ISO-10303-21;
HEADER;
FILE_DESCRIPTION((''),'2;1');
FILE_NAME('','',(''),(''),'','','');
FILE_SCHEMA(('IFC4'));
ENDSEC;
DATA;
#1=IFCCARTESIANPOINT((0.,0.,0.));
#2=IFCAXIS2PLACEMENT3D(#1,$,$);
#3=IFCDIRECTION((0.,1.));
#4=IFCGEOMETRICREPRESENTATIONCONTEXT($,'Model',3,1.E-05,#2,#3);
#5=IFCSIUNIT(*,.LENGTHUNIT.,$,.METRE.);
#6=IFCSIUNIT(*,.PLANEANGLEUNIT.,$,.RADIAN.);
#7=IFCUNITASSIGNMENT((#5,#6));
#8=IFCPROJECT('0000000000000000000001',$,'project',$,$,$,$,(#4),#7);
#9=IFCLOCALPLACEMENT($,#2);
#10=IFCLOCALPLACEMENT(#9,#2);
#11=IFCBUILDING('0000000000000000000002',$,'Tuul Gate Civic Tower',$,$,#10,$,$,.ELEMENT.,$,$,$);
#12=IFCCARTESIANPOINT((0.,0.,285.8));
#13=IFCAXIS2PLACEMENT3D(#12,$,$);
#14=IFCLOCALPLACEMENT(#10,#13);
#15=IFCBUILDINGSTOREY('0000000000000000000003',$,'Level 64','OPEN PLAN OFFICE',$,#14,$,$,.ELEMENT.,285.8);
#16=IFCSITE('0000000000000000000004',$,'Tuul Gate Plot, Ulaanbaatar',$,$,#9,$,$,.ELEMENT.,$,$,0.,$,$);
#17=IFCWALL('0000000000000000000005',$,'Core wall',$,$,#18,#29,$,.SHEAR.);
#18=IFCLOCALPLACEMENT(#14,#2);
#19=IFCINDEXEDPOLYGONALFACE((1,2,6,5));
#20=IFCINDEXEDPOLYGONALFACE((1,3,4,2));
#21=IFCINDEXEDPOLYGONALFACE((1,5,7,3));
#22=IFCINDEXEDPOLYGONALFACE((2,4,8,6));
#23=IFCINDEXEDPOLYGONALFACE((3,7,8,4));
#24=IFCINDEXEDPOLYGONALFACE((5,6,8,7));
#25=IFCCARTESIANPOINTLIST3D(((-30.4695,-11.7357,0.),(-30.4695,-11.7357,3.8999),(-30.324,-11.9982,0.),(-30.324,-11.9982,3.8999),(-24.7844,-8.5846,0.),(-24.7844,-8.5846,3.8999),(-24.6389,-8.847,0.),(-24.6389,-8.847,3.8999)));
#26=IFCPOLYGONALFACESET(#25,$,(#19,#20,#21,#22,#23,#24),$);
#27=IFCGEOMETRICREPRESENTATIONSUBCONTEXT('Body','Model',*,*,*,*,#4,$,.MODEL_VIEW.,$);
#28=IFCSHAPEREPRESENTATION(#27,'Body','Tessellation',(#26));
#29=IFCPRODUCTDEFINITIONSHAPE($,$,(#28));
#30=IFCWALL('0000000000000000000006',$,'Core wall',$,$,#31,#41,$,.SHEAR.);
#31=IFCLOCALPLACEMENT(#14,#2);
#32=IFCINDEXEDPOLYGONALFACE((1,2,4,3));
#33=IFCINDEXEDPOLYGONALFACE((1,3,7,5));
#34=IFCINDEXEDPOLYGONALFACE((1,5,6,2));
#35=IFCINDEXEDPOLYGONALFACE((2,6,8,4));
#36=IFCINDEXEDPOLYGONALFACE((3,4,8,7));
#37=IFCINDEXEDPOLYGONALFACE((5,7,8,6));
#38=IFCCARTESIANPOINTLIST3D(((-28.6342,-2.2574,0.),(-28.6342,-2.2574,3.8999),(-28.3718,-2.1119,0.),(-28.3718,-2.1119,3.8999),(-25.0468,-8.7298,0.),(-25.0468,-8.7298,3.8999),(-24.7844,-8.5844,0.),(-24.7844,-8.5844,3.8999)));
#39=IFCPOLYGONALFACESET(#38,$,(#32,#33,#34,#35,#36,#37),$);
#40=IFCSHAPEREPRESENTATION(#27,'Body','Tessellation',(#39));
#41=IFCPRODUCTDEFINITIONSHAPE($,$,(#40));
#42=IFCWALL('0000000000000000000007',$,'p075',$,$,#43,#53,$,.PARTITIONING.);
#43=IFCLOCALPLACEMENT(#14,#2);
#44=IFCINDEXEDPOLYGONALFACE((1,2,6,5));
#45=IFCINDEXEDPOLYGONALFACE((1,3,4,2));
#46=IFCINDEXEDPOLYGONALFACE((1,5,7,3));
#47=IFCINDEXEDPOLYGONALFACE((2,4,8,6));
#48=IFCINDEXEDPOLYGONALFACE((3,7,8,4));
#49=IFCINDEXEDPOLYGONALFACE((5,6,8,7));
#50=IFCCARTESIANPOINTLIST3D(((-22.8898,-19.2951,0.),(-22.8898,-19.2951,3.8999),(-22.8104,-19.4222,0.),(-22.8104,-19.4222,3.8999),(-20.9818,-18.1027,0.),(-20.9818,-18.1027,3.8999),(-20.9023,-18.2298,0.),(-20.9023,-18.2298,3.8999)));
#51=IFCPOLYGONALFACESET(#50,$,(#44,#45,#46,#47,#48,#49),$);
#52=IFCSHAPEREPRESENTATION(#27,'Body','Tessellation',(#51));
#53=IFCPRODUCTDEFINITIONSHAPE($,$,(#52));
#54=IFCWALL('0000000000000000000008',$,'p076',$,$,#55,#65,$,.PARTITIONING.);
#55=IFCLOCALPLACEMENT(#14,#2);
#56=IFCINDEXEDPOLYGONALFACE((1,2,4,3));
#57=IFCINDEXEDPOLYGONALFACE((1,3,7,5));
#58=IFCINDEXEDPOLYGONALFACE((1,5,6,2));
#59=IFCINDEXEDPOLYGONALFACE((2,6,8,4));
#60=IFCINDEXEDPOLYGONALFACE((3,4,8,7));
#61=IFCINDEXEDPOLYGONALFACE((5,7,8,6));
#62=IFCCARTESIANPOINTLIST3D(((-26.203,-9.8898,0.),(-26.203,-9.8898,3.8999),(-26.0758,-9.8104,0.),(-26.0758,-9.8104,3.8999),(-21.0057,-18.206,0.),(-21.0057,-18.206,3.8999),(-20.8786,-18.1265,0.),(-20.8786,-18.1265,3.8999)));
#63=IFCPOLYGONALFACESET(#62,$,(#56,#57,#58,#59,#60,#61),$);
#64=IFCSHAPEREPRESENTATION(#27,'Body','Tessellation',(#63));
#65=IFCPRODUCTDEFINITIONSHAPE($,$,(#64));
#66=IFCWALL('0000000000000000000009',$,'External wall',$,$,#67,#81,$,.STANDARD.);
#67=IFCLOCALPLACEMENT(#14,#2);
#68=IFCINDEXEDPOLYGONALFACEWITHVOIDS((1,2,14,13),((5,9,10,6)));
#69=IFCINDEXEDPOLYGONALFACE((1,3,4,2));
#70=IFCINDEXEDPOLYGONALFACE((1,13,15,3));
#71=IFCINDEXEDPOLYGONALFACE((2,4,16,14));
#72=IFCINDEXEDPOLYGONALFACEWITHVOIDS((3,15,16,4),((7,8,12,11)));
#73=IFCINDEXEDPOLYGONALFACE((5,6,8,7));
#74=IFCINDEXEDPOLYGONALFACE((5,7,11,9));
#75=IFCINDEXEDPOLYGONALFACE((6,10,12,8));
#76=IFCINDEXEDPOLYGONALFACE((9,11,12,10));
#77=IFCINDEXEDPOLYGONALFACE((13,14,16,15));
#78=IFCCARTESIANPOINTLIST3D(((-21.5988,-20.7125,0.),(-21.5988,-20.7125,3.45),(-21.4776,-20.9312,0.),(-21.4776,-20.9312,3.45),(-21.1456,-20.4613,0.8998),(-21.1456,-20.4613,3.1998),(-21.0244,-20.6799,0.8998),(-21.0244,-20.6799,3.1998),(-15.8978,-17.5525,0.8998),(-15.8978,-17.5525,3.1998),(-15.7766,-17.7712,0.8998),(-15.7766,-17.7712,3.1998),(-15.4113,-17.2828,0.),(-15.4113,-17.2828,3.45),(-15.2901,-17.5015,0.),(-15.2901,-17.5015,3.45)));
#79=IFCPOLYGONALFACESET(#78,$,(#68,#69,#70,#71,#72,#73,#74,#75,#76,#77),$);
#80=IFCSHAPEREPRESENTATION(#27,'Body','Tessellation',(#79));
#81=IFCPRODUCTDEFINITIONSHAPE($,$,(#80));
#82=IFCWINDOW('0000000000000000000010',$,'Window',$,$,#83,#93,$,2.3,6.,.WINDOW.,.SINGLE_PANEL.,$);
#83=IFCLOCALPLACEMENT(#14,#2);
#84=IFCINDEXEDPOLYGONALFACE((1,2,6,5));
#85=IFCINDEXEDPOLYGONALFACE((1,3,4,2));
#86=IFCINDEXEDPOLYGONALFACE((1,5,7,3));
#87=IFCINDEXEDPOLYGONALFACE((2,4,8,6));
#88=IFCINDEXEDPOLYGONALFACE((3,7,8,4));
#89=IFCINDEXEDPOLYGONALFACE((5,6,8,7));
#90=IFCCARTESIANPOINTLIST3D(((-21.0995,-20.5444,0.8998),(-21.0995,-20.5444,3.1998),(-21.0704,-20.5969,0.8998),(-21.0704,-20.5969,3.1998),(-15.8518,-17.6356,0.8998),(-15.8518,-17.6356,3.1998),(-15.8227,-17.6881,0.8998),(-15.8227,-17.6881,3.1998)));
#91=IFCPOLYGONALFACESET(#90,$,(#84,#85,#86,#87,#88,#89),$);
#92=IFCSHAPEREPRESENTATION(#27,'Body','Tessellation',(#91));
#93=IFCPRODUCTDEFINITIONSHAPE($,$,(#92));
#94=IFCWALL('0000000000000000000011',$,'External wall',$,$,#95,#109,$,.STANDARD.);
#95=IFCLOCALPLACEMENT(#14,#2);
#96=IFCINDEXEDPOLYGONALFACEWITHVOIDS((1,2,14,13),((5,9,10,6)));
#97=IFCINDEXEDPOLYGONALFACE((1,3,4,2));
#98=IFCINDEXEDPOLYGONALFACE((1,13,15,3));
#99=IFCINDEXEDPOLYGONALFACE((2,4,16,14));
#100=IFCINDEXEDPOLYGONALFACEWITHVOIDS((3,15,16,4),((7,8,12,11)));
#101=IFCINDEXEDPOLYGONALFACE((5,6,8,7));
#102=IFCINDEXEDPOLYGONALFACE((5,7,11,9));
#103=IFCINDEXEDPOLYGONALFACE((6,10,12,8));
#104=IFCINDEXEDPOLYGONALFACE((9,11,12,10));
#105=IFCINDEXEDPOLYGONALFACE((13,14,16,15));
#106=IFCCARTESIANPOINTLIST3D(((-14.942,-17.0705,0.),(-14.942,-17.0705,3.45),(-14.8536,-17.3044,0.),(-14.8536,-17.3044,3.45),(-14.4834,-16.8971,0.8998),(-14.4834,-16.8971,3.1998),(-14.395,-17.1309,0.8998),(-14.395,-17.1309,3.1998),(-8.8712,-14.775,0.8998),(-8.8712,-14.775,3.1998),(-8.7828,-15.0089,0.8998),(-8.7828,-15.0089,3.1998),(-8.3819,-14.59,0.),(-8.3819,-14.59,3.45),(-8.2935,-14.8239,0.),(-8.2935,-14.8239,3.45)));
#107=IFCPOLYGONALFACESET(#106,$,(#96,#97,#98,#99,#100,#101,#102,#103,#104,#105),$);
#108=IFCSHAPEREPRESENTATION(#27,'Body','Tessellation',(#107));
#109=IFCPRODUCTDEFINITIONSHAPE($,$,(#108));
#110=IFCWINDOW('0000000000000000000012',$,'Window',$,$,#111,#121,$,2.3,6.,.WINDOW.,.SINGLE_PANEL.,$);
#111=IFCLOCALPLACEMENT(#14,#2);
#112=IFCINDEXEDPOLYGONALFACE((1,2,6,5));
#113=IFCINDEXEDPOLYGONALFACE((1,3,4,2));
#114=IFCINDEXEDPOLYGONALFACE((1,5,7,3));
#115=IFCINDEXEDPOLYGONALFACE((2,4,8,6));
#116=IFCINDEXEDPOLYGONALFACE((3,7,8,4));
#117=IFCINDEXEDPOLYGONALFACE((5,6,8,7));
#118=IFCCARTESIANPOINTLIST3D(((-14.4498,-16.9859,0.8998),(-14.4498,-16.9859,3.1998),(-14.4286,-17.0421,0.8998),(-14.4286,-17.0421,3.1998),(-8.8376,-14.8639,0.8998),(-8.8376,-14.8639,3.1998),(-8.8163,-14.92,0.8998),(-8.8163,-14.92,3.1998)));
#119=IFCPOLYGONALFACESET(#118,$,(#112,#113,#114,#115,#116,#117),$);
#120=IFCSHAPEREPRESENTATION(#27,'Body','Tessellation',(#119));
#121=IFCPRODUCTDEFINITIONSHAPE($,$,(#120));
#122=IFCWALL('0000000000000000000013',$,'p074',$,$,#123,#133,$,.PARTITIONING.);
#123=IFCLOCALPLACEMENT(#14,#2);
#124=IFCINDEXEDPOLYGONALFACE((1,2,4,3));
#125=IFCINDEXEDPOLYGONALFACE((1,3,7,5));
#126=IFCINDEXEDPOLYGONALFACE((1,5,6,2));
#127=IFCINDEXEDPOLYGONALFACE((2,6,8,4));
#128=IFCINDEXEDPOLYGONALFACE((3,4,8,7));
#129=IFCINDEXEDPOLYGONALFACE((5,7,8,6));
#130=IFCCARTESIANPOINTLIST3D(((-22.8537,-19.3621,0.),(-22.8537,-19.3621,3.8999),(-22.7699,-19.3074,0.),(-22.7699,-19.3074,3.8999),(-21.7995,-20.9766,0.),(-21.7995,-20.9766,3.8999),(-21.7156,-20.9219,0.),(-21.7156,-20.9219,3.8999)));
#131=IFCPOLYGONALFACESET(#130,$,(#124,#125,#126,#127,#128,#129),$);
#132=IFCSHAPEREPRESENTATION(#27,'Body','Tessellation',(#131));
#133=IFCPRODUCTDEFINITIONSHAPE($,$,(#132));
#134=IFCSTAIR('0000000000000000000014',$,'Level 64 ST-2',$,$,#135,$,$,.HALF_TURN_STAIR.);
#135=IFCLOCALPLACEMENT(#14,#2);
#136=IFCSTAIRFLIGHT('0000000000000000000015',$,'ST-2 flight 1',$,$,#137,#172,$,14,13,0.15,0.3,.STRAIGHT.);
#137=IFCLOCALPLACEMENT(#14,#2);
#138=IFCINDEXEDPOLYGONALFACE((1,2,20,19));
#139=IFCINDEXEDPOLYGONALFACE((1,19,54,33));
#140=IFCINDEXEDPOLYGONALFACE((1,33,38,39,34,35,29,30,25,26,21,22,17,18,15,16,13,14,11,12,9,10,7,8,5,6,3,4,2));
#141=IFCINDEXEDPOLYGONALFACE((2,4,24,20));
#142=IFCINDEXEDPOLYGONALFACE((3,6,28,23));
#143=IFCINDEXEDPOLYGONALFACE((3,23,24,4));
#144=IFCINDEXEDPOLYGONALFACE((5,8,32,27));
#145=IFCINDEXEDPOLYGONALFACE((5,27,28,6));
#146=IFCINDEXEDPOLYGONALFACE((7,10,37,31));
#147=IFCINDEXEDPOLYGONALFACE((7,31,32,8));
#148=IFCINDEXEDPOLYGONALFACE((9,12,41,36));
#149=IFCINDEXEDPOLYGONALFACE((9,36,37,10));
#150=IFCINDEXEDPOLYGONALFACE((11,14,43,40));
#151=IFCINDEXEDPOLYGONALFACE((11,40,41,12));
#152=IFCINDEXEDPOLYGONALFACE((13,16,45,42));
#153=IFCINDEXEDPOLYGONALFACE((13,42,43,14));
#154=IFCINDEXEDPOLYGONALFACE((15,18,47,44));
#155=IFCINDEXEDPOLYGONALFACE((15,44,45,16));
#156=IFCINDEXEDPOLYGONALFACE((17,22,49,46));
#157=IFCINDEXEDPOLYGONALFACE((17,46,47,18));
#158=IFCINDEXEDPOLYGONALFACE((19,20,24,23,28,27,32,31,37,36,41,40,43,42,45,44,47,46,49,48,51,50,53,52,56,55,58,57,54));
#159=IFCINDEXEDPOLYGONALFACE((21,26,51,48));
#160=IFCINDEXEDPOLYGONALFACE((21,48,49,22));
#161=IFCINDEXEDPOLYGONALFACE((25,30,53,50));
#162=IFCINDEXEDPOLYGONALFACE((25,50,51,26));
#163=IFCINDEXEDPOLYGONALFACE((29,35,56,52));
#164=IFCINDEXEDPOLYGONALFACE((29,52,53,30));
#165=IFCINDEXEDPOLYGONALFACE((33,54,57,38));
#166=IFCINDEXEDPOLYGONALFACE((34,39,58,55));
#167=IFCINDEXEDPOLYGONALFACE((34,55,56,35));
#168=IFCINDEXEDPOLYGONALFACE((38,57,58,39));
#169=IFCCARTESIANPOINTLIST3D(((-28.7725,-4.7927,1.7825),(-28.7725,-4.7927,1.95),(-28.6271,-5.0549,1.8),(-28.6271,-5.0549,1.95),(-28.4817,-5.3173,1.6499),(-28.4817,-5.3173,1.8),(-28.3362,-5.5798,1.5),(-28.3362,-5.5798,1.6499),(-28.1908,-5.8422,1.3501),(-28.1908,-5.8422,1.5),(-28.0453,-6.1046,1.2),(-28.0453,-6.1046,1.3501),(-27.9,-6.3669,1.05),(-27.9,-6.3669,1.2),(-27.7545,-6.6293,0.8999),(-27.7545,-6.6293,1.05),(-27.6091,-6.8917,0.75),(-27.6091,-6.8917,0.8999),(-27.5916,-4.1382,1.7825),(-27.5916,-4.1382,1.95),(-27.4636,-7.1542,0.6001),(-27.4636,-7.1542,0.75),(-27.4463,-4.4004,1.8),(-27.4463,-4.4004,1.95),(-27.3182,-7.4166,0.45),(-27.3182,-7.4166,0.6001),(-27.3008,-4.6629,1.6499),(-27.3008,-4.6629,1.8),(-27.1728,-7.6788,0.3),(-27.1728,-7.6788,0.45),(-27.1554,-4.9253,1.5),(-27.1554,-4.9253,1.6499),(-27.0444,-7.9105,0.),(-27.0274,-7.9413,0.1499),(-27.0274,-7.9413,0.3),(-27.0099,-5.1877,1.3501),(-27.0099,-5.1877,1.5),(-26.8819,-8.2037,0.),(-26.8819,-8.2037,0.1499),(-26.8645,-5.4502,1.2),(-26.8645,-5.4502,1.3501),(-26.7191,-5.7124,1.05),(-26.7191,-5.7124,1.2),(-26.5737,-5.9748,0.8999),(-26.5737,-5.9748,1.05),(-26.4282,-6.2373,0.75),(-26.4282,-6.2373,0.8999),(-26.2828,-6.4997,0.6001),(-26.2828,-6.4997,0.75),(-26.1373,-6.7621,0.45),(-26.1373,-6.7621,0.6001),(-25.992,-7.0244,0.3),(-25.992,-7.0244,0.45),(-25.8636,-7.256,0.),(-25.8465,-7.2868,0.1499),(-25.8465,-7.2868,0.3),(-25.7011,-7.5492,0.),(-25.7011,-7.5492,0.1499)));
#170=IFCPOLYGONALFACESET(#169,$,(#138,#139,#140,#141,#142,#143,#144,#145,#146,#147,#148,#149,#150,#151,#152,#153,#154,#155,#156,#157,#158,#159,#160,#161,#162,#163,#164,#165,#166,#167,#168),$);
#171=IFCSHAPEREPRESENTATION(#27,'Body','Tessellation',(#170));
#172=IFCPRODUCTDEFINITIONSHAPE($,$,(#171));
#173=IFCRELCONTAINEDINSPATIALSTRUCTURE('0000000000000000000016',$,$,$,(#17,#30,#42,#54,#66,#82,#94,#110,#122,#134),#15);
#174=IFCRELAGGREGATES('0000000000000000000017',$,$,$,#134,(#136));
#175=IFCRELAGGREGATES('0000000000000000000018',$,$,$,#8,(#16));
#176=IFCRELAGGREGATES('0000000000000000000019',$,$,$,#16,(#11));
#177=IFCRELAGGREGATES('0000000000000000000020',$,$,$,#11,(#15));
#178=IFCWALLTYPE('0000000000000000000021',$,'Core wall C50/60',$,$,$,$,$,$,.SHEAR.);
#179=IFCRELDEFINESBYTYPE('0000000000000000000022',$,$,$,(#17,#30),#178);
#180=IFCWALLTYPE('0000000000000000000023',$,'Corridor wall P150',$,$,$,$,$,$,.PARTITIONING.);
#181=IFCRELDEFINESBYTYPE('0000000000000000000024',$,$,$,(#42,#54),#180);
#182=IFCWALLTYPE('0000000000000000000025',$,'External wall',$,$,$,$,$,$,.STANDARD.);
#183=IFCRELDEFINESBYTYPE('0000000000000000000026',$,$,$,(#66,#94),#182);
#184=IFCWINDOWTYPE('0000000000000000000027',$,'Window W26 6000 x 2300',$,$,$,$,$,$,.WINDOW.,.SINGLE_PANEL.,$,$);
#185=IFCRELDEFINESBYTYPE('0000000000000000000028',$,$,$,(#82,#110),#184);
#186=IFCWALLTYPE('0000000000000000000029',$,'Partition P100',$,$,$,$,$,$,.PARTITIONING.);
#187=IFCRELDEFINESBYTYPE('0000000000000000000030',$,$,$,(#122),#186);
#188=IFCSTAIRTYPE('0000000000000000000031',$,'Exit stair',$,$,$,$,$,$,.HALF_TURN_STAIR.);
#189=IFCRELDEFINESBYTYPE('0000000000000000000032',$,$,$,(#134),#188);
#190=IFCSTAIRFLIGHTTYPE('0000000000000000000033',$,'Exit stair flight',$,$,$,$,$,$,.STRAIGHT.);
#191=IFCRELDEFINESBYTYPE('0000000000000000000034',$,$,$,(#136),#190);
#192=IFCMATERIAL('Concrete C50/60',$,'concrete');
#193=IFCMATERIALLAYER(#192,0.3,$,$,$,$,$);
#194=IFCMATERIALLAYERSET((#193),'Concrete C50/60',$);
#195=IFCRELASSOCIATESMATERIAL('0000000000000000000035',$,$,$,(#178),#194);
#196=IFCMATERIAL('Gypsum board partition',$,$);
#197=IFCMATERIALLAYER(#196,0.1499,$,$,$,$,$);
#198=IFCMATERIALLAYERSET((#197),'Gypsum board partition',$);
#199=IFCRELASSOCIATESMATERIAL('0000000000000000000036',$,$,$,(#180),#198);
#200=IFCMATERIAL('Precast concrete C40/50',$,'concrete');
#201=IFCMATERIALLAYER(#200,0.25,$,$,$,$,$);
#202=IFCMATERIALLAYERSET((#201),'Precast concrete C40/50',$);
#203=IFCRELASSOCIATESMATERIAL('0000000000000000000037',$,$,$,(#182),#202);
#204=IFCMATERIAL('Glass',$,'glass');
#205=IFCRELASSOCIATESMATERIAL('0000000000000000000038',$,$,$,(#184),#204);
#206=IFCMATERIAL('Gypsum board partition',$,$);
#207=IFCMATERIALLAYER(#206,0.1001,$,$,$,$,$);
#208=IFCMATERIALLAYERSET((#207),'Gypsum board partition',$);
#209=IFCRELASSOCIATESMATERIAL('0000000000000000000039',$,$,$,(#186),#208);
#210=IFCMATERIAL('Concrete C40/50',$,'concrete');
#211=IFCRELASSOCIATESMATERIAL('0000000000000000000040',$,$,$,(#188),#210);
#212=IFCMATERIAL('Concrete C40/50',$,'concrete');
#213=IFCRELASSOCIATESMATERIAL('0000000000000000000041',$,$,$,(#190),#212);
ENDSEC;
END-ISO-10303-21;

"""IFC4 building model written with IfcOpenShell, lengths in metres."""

from ifc_helpers import new_model, si_unit, direction, frame, frame_2d, origin, place, context, subcontext, project, spatial, polyline, rectangle, outline, extrude, material, layer, layer_set, type_object, element, fill, aggregate, save


model = new_model("IFC4")

# Units and contexts
model_context = context("Model", 3, precision=1e-05, world=origin(), true_north=direction((0.0, 1.0)))
body_context = subcontext(model_context, "Body", "Model", "MODEL_VIEW")
ifc_project = project(units=[si_unit("LENGTHUNIT", "METRE"), si_unit("PLANEANGLEUNIT", "RADIAN")], contexts=[model_context])

# Site, building, storey
site_placement = place(None, origin())
site = spatial("IfcSite", under=ifc_project, at=site_placement, Name="Tuul Gate Plot, Ulaanbaatar", CompositionType="ELEMENT", RefElevation=0.0)
building_placement = place(site_placement, origin())
building = spatial("IfcBuilding", under=site, at=building_placement, Name="Tuul Gate Civic Tower", CompositionType="ELEMENT")
storey_placement = place(building_placement, frame((0.0, 0.0, 285.8)))
storey = spatial("IfcBuildingStorey", under=building, at=storey_placement, Name="Level 64", Description="OPEN PLAN OFFICE", CompositionType="ELEMENT", Elevation=285.8)

# Walls
ifc_material_1 = material(Name="Concrete C50/60", Category="concrete")
ifc_layer_1 = layer(ifc_material_1, 0.3)
ifc_layer_set_1 = layer_set([ifc_layer_1], Name="Concrete C50/60")
wall_type_1 = type_object("IfcWallType", Name="Core wall C50/60", PredefinedType="SHEAR", material=ifc_layer_set_1)
wall_1_placement = place(storey_placement, frame((-24.7117, -8.7158, 0.0), z_axis=(0.0, 0.0, 1.0), x_axis=(-0.87463, -0.484791, 0.0)))
element("IfcWall", 1, at=wall_1_placement, inside=storey, type_object=wall_type_1, Name="Core wall", PredefinedType="SHEAR", context=body_context, shape_type="SweptSolid", body=[
    extrude(rectangle(XDim=6.5, YDim=0.3, at=frame_2d((3.25, 0.0))), origin(), (0.0, 0.0, 1.0), 3.8999),
])
wall_2_placement = place(storey_placement, frame((-24.9155, -8.6572, 0.0), z_axis=(0.0, 0.0, 1.0), x_axis=(-0.484777, 0.874638, 0.0)))
element("IfcWall", 2, at=wall_2_placement, inside=storey, type_object=wall_type_1, Name="Core wall", PredefinedType="SHEAR", context=body_context, shape_type="SweptSolid", body=[
    extrude(rectangle(XDim=7.4001, YDim=0.3, at=frame_2d((3.7002, 0.0))), origin(), (0.0, 0.0, 1.0), 3.8999),
])
ifc_material_2 = material(Name="Gypsum board partition")
ifc_layer_2 = layer(ifc_material_2, 0.1499)
ifc_layer_set_2 = layer_set([ifc_layer_2], Name="Gypsum board partition")
wall_type_2 = type_object("IfcWallType", Name="Corridor wall P150", PredefinedType="PARTITIONING", material=ifc_layer_set_2)
wall_3_placement = place(storey_placement, frame((-22.8501, -19.3586, 0.0), z_axis=(0.0, 0.0, 1.0), x_axis=(0.848017, 0.52997, 0.0)))
element("IfcWall", 3, at=wall_3_placement, inside=storey, type_object=wall_type_2, Name="p075", PredefinedType="PARTITIONING", context=body_context, shape_type="SweptSolid", body=[
    extrude(rectangle(XDim=2.25, YDim=0.1499, at=frame_2d((1.125, 0.0))), origin(), (0.0, 0.0, 1.0), 3.8999),
])
wall_4_placement = place(storey_placement, frame((-26.1394, -9.8501, 0.0), z_axis=(0.0, 0.0, 1.0), x_axis=(0.529974, -0.848014, 0.0)))
element("IfcWall", 4, at=wall_4_placement, inside=storey, type_object=wall_type_2, Name="p076", PredefinedType="PARTITIONING", context=body_context, shape_type="SweptSolid", body=[
    extrude(rectangle(XDim=9.8066, YDim=0.1499, at=frame_2d((4.9033, 0.0))), origin(), (0.0, 0.0, 1.0), 3.8999),
])

# Walls, openings, windows
ifc_material_3 = material(Name="Precast concrete C40/50", Category="concrete")
ifc_layer_3 = layer(ifc_material_3, 0.25)
ifc_layer_set_3 = layer_set([ifc_layer_3], Name="Precast concrete C40/50")
wall_type_3 = type_object("IfcWallType", Name="External wall", PredefinedType="STANDARD", material=ifc_layer_set_3)
wall_5_placement = place(storey_placement, frame((-21.5381, -20.8218, 0.0), z_axis=(0.0, 0.0, 1.0), x_axis=(0.874626, 0.484799, 0.0)))
wall_5 = element("IfcWall", 5, at=wall_5_placement, inside=storey, type_object=wall_type_3, Name="External wall", PredefinedType="STANDARD", context=body_context, shape_type="SweptSolid", body=[
    extrude(rectangle(XDim=7.0745, YDim=0.25, at=frame_2d((3.5371, 0.0))), origin(), (0.0, 0.0, 1.0), 3.45),
])
opening_1_placement = place(wall_5_placement, frame((0.5181, 0.0, 0.8999)))
opening_1 = element("IfcOpeningElement", 6, at=opening_1_placement, cuts=wall_5, PredefinedType="OPENING", context=body_context, shape_type="SweptSolid", body=[
    extrude(rectangle(XDim=6.0, YDim=2.3, at=frame_2d((3.0, 1.1499))), frame((0.0, 0.135, 0.0), z_axis=(0.0, -1.0, 0.0), x_axis=(1.0, 0.0, 0.0)), (0.0, 0.0, 1.0), 0.27),
])
ifc_material_4 = material(Name="Glass", Category="glass")
window_type = type_object("IfcWindowType", Name="Window W26 6000 x 2300", PartitioningType="SINGLE_PANEL", PredefinedType="WINDOW", material=ifc_material_4)
window_1_placement = place(opening_1_placement, origin())
window_1 = element("IfcWindow", 7, at=window_1_placement, inside=storey, type_object=window_type, Name="Window", OverallHeight=2.3, OverallWidth=6.0, PartitioningType="SINGLE_PANEL", PredefinedType="WINDOW", context=body_context, shape_type="SweptSolid", body=[
    extrude(rectangle(XDim=6.0, YDim=2.3, at=frame_2d((3.0, 1.1499))), frame((0.0, 0.03, 0.0), z_axis=(0.0, -1.0, 0.0), x_axis=(1.0, 0.0, 0.0)), (0.0, 0.0, 1.0), 0.0601),
])
fill(opening_1, window_1)
wall_6_placement = place(storey_placement, frame((-14.8979, -17.1875, 0.0), z_axis=(0.0, 0.0, 1.0), x_axis=(0.935367, 0.353678, 0.0)))
wall_6 = element("IfcWall", 8, at=wall_6_placement, inside=storey, type_object=wall_type_3, Name="External wall", PredefinedType="STANDARD", context=body_context, shape_type="SweptSolid", body=[
    extrude(rectangle(XDim=7.0134, YDim=0.25, at=frame_2d((3.5068, 0.0))), origin(), (0.0, 0.0, 1.0), 3.45),
])
opening_2_placement = place(wall_6_placement, frame((0.4905, 0.0, 0.8999)))
opening_2 = element("IfcOpeningElement", 9, at=opening_2_placement, cuts=wall_6, PredefinedType="OPENING", context=body_context, shape_type="SweptSolid", body=[
    extrude(rectangle(XDim=6.0, YDim=2.3, at=frame_2d((3.0, 1.1499))), frame((0.0, 0.135, 0.0), z_axis=(0.0, -1.0, 0.0), x_axis=(1.0, 0.0, 0.0)), (0.0, 0.0, 1.0), 0.27),
])
window_2_placement = place(opening_2_placement, origin())
window_2 = element("IfcWindow", 10, at=window_2_placement, inside=storey, type_object=window_type, Name="Window", OverallHeight=2.3, OverallWidth=6.0, PartitioningType="SINGLE_PANEL", PredefinedType="WINDOW", context=body_context, shape_type="SweptSolid", body=[
    extrude(rectangle(XDim=6.0, YDim=2.3, at=frame_2d((3.0, 1.1499))), frame((0.0, 0.03, 0.0), z_axis=(0.0, -1.0, 0.0), x_axis=(1.0, 0.0, 0.0)), (0.0, 0.0, 1.0), 0.0601),
])
fill(opening_2, window_2)

# Wall
ifc_material_5 = material(Name="Gypsum board partition")
ifc_layer_4 = layer(ifc_material_5, 0.1001)
ifc_layer_set_4 = layer_set([ifc_layer_4], Name="Gypsum board partition")
wall_type_4 = type_object("IfcWallType", Name="Partition P100", PredefinedType="PARTITIONING", material=ifc_layer_set_4)
wall_7_placement = place(storey_placement, frame((-22.8118, -19.3347, 0.0), z_axis=(0.0, 0.0, 1.0), x_axis=(0.546727, -0.837311, 0.0)))
element("IfcWall", 11, at=wall_7_placement, inside=storey, type_object=wall_type_4, Name="p074", PredefinedType="PARTITIONING", context=body_context, shape_type="SweptSolid", body=[
    extrude(rectangle(XDim=1.9282, YDim=0.1001, at=frame_2d((0.9641, 0.0))), origin(), (0.0, 0.0, 1.0), 3.8999),
])

# Stair, stair flight
ifc_material_6 = material(Name="Concrete C40/50", Category="concrete")
stair_type = type_object("IfcStairType", Name="Exit stair", PredefinedType="HALF_TURN_STAIR", material=ifc_material_6)
stair_placement = place(storey_placement, origin())
stair = element("IfcStair", 12, at=stair_placement, inside=storey, type_object=stair_type, Name="Level 64 ST-2", PredefinedType="HALF_TURN_STAIR")
ifc_material_7 = material(Name="Concrete C40/50", Category="concrete")
stair_flight_type = type_object("IfcStairFlightType", Name="Exit stair flight", PredefinedType="STRAIGHT", material=ifc_material_7)
stair_flight_placement = place(storey_placement, frame((-26.2915, -7.8765, 0.0), z_axis=(0.0, 0.0, 1.0), x_axis=(-0.484762, 0.874646, 0.0)))
stair_flight = element("IfcStairFlight", 13, at=stair_flight_placement, type_object=stair_flight_type, Name="ST-2 flight 1", NumberOfRisers=14, NumberOfTreads=13, PredefinedType="STRAIGHT", RiserHeight=0.15, TreadLength=0.3, context=body_context, shape_type="SweptSolid", body=[
    extrude(outline(polyline([(0.0, 0.0), (0.0, 0.1499), (0.3, 0.1499), (0.3, 0.3), (0.6001, 0.3), (0.6001, 0.45), (0.8999, 0.45), (0.8999, 0.6001), (1.2, 0.6001), (1.2, 0.75), (1.5, 0.75), (1.5, 0.8999), (1.8, 0.8999), (1.8, 1.05), (2.1001, 1.05), (2.1001, 1.2), (2.3999, 1.2), (2.3999, 1.3501), (2.7, 1.3501), (2.7, 1.5), (3.0, 1.5), (3.0, 1.6499), (3.3, 1.6499), (3.3, 1.8), (3.6001, 1.8), (3.6001, 1.95), (3.8999, 1.95), (3.8999, 2.1001), (3.8999, 1.7825), (0.3352, 0.0), (0.0, 0.0)])), frame((0.0, 0.675, 0.0), z_axis=(0.0, -1.0, 0.0), x_axis=(1.0, 0.0, 0.0)), (0.0, 0.0, 1.0), 1.3501),
])
aggregate(stair, [stair_flight])

save(model, "model.ifc")
